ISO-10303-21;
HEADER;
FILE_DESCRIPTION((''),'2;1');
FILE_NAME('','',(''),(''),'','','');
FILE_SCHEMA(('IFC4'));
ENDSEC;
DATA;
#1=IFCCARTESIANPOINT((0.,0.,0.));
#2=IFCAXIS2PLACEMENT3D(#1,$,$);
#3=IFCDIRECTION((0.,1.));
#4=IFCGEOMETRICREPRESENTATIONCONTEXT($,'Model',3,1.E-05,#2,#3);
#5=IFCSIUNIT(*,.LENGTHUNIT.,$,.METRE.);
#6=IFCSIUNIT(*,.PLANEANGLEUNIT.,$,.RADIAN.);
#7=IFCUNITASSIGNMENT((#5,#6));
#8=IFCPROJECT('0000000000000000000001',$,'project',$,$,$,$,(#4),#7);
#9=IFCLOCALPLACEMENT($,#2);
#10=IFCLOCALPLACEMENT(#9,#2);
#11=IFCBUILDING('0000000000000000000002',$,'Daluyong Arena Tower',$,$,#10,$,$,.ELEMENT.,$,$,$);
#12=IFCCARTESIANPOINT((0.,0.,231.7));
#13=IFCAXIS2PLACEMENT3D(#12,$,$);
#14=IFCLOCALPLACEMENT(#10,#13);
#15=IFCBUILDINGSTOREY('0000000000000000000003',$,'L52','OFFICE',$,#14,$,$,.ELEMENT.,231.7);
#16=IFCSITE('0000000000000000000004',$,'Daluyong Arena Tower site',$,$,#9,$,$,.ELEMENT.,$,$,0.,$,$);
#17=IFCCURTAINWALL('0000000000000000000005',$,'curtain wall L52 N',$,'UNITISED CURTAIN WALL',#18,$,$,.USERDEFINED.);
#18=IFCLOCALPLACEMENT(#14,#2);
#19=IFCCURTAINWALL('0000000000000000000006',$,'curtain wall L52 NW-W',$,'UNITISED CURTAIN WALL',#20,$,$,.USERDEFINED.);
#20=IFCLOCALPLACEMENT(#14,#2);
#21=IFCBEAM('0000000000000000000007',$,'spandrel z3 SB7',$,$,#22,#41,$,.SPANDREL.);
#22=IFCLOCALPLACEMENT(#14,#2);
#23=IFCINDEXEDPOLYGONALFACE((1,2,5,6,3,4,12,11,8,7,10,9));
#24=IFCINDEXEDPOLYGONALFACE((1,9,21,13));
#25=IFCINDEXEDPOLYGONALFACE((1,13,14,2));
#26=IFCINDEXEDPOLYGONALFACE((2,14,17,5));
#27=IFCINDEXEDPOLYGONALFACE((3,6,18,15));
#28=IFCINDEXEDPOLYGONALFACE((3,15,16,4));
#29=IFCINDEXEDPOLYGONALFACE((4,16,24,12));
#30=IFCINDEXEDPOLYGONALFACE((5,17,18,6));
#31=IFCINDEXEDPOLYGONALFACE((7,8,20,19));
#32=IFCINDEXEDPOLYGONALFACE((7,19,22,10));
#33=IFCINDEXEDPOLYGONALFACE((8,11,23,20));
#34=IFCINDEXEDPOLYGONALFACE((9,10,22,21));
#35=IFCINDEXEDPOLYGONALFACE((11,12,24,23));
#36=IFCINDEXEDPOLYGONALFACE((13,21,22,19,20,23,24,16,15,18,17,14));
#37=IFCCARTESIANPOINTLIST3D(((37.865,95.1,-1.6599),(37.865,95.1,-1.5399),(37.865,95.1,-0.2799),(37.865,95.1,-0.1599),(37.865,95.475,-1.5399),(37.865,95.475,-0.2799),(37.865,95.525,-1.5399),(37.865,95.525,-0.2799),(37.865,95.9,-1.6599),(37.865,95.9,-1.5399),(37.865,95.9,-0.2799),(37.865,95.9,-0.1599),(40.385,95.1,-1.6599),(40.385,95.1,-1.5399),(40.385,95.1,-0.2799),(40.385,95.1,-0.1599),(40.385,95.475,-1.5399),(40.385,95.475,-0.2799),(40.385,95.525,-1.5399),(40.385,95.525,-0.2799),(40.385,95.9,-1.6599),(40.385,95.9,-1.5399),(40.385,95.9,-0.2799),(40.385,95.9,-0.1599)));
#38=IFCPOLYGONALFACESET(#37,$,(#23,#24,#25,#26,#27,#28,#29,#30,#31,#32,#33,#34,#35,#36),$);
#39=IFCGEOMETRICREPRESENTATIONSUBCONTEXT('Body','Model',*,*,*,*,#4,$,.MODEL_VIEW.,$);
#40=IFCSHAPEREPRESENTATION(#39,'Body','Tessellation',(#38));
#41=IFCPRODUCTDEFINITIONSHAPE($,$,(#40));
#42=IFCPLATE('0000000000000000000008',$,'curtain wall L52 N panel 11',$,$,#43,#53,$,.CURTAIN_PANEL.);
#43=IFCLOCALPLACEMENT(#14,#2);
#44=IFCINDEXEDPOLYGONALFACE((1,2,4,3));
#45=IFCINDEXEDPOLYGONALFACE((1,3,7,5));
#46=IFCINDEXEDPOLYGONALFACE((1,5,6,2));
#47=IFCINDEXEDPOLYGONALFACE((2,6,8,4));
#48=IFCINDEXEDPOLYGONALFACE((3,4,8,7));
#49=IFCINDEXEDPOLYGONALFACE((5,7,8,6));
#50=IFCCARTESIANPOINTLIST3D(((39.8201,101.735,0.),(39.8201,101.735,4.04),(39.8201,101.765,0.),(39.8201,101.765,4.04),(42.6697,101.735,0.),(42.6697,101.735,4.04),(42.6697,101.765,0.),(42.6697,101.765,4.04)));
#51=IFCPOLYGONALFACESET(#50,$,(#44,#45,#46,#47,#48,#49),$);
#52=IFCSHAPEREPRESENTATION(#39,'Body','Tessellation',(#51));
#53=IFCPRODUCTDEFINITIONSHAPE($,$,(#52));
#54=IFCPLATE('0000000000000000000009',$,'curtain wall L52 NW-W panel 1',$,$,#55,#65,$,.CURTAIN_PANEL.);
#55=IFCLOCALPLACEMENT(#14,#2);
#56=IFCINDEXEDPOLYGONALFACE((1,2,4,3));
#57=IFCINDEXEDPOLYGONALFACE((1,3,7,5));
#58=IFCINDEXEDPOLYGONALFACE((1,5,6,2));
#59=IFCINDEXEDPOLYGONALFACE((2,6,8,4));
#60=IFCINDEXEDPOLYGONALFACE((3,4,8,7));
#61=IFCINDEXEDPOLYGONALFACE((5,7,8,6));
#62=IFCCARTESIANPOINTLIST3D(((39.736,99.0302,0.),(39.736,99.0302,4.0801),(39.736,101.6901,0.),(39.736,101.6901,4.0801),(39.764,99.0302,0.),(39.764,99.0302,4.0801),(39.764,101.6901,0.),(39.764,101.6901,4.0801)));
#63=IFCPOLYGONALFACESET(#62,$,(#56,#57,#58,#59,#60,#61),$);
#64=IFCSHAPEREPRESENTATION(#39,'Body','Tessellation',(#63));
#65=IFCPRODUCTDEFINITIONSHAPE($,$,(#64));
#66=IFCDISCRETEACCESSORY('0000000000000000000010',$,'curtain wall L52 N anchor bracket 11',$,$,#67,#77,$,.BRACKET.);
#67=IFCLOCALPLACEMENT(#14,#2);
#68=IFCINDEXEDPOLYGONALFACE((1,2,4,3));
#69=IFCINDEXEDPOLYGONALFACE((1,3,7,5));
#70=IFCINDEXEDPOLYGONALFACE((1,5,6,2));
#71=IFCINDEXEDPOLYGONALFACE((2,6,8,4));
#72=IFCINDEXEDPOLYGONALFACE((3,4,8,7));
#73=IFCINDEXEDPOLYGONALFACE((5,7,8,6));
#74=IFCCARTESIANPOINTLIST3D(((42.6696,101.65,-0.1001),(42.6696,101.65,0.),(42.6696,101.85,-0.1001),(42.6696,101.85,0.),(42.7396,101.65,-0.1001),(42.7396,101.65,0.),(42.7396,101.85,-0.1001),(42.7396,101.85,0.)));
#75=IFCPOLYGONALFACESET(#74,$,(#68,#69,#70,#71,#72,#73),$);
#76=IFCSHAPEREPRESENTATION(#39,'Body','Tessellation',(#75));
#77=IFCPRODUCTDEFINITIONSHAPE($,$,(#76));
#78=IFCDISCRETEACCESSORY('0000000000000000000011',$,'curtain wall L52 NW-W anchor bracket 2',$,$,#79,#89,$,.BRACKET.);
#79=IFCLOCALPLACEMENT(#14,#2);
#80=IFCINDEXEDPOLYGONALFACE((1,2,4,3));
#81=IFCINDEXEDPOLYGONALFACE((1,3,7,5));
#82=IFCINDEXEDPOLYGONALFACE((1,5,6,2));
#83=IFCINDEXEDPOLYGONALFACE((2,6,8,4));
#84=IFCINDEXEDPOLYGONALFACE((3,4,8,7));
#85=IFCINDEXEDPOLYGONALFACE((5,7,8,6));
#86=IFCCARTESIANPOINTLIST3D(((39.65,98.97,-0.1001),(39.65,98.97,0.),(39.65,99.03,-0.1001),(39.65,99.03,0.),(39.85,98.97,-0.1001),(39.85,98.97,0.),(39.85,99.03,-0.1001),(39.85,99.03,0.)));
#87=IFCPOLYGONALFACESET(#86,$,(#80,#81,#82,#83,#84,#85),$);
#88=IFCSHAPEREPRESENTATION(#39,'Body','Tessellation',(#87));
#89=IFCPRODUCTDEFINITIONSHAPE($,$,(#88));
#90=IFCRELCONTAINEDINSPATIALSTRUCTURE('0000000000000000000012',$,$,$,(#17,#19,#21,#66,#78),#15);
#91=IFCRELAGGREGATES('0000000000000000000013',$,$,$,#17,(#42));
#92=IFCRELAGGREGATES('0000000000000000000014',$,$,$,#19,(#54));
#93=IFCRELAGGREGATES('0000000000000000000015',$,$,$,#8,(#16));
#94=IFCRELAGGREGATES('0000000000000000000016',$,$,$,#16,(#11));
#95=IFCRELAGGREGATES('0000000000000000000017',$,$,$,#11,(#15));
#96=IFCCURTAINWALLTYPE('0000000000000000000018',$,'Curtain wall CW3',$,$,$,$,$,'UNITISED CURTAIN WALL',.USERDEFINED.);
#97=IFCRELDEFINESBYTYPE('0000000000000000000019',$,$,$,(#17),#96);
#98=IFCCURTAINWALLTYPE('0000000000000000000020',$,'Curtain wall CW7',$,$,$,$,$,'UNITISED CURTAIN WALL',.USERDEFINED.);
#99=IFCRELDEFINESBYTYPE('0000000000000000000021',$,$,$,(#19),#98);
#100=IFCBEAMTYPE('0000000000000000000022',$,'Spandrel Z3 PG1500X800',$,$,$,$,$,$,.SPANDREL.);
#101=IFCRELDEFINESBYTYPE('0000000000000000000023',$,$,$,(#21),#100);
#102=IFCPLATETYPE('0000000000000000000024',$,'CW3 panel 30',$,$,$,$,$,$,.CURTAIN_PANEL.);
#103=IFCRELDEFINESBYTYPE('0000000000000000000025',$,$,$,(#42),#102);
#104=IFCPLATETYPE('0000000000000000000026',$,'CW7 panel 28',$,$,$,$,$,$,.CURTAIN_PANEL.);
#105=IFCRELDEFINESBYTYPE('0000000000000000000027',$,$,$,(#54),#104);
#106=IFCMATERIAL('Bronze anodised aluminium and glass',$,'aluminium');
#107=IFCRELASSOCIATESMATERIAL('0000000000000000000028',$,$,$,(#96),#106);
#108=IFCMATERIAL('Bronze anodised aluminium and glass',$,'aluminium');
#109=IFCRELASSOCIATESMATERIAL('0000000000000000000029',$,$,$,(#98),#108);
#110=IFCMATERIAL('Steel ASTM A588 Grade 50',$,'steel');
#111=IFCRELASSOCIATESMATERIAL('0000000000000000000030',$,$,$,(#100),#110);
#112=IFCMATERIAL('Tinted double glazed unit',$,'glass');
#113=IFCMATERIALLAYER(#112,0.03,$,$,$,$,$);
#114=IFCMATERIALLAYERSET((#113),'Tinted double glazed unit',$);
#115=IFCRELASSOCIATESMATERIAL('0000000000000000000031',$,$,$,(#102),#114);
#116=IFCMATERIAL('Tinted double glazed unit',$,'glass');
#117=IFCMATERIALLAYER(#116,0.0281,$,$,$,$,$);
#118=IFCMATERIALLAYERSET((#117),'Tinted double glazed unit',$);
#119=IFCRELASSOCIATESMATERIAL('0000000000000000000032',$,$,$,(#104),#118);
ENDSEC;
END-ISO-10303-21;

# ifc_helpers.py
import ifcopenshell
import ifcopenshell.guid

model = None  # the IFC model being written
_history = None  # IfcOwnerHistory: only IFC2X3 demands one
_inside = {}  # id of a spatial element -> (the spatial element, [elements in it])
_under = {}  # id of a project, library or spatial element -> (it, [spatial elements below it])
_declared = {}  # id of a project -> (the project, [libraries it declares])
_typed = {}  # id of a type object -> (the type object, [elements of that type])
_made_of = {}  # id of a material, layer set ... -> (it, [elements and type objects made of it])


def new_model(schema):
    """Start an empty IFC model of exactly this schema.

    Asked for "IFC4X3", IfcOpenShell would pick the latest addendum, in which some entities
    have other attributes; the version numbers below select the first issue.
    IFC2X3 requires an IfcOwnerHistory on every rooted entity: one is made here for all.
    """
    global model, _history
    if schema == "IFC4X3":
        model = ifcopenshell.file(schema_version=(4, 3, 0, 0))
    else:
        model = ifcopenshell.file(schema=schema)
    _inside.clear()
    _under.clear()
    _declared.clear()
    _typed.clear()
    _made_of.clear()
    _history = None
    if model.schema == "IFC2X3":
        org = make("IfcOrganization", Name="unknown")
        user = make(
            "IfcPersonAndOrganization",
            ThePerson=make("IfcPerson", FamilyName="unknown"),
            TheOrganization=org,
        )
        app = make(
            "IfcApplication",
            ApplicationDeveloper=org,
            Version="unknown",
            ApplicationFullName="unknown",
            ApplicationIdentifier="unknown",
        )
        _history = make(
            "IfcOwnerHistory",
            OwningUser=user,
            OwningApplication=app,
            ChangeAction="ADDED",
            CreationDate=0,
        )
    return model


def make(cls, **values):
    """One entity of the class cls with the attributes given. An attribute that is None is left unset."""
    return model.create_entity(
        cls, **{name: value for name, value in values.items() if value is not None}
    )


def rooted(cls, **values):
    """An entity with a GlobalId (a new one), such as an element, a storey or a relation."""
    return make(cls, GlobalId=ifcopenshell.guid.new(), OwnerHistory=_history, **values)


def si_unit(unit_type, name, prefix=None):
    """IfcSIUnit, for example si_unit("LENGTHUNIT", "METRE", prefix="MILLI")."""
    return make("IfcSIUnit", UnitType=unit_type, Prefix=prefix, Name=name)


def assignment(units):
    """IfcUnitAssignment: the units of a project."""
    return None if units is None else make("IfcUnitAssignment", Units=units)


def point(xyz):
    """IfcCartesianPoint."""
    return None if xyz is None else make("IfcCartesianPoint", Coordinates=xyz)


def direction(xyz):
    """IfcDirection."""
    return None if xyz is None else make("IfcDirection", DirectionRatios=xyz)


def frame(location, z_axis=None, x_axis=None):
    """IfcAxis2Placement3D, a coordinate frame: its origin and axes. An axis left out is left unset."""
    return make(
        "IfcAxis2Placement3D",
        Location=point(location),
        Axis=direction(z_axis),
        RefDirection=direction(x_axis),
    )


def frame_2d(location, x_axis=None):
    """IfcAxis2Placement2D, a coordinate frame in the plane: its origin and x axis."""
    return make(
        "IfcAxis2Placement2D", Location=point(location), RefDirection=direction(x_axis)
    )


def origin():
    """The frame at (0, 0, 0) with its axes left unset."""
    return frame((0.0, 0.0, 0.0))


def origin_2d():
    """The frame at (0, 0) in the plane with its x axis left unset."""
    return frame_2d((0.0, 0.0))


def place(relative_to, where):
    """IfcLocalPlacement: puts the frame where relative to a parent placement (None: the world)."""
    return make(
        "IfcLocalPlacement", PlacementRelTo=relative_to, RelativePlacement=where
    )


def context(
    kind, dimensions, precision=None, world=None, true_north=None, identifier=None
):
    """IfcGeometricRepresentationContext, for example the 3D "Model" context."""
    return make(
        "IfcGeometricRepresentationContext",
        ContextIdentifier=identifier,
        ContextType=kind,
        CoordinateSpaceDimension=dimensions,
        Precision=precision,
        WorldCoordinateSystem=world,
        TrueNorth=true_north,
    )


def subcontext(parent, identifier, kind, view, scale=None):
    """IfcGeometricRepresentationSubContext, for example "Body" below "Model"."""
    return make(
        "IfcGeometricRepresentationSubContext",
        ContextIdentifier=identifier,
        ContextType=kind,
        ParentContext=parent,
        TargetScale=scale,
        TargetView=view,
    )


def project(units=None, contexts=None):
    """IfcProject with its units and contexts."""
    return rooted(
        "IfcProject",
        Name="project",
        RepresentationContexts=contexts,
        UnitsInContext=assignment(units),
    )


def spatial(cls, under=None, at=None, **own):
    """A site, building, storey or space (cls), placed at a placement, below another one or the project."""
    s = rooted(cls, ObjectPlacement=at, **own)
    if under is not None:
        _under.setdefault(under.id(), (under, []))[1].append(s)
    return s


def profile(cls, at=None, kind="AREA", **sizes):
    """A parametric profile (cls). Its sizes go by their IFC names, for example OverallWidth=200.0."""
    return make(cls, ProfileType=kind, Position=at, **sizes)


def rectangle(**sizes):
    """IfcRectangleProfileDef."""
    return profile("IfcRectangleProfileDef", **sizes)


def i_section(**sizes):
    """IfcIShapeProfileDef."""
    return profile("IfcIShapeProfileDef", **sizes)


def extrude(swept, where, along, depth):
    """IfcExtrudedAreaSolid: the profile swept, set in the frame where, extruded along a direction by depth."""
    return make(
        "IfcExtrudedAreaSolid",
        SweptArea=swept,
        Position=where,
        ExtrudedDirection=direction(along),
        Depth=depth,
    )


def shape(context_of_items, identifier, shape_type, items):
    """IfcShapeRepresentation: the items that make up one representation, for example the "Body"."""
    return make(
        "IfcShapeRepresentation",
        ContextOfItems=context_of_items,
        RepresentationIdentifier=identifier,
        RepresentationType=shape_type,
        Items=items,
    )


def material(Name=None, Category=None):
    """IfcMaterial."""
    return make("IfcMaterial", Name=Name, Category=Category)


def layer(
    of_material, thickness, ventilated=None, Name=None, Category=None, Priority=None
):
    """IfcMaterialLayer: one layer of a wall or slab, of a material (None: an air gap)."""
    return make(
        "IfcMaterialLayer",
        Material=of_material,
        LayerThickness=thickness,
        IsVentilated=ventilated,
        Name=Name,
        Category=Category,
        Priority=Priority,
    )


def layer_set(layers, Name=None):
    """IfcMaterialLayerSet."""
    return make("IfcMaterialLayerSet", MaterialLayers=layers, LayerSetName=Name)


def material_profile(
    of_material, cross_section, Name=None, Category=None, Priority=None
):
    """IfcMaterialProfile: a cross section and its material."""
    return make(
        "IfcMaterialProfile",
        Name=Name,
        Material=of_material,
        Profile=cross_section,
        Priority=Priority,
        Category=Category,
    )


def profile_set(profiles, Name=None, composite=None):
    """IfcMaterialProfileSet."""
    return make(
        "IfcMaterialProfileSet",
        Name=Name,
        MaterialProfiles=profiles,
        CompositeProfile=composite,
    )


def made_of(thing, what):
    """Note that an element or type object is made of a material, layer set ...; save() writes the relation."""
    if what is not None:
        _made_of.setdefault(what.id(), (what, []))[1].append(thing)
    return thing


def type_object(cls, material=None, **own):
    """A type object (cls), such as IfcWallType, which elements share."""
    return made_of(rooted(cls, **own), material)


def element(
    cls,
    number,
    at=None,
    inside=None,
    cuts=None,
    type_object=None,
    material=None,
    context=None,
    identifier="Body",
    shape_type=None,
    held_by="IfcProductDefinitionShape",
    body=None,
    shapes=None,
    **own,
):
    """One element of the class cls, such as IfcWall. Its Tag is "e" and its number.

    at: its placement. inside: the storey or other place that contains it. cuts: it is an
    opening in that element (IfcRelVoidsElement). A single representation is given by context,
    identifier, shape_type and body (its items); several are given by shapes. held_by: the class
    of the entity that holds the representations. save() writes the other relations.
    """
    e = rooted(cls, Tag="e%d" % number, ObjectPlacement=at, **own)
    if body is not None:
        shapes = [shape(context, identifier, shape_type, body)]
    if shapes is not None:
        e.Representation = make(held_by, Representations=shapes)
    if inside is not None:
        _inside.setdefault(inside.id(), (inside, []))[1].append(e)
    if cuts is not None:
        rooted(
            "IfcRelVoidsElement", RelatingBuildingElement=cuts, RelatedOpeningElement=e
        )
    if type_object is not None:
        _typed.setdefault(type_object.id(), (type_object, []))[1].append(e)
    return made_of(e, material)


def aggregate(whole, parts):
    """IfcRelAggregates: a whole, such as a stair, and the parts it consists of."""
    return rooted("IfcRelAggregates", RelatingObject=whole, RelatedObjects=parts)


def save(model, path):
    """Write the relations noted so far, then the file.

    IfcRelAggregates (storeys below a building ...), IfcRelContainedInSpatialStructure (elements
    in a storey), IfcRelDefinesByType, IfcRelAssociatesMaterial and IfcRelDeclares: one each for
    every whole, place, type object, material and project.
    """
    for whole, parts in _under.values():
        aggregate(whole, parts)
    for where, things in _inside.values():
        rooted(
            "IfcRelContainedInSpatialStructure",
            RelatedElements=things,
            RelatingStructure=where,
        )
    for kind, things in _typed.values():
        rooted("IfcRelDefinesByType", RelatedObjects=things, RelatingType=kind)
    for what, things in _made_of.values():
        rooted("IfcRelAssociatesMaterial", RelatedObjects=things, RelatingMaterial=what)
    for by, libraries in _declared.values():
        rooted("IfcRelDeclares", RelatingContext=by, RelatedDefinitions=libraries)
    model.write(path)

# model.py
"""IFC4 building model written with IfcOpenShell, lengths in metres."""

from ifc_helpers import new_model, si_unit, direction, frame, origin, origin_2d, place, context, subcontext, project, spatial, rectangle, i_section, extrude, material, layer, layer_set, material_profile, profile_set, type_object, element, aggregate, save


model = new_model("IFC4")

# Units and contexts
model_context = context("Model", 3, precision=1e-05, world=origin(), true_north=direction((0.0, 1.0)))
body_context = subcontext(model_context, "Body", "Model", "MODEL_VIEW")
ifc_project = project(units=[si_unit("LENGTHUNIT", "METRE"), si_unit("PLANEANGLEUNIT", "RADIAN")], contexts=[model_context])

# Site, building, storey
site_placement = place(None, origin())
site = spatial("IfcSite", under=ifc_project, at=site_placement, Name="Daluyong Arena Tower site", CompositionType="ELEMENT", RefElevation=0.0)
building_placement = place(site_placement, origin())
building = spatial("IfcBuilding", under=site, at=building_placement, Name="Daluyong Arena Tower", CompositionType="ELEMENT")
storey_placement = place(building_placement, frame((0.0, 0.0, 231.7)))
storey = spatial("IfcBuildingStorey", under=building, at=storey_placement, Name="L52", Description="OFFICE", CompositionType="ELEMENT", Elevation=231.7)

# Curtain walls
ifc_material_1 = material(Name="Bronze anodised aluminium and glass", Category="aluminium")
curtain_wall_type_1 = type_object("IfcCurtainWallType", Name="Curtain wall CW3", ElementType="UNITISED CURTAIN WALL", PredefinedType="USERDEFINED", material=ifc_material_1)
curtain_wall_1_placement = place(storey_placement, origin())
curtain_wall_1 = element("IfcCurtainWall", 1, at=curtain_wall_1_placement, inside=storey, type_object=curtain_wall_type_1, Name="curtain wall L52 N", ObjectType="UNITISED CURTAIN WALL", PredefinedType="USERDEFINED")
ifc_material_2 = material(Name="Bronze anodised aluminium and glass", Category="aluminium")
curtain_wall_type_2 = type_object("IfcCurtainWallType", Name="Curtain wall CW7", ElementType="UNITISED CURTAIN WALL", PredefinedType="USERDEFINED", material=ifc_material_2)
curtain_wall_2_placement = place(storey_placement, origin())
curtain_wall_2 = element("IfcCurtainWall", 2, at=curtain_wall_2_placement, inside=storey, type_object=curtain_wall_type_2, Name="curtain wall L52 NW-W", ObjectType="UNITISED CURTAIN WALL", PredefinedType="USERDEFINED")

# Beam
ifc_material_3 = material(Name="Steel ASTM A588 Grade 50", Category="steel")
ifc_material_profile_1 = material_profile(ifc_material_3, i_section(OverallWidth=0.8, OverallDepth=1.5, WebThickness=0.05, FlangeThickness=0.12, at=origin_2d()))
ifc_profile_set_1 = profile_set([ifc_material_profile_1], Name="Steel ASTM A588 Grade 50")
beam_type = type_object("IfcBeamType", Name="Spandrel Z3 PG1500X800", PredefinedType="SPANDREL", material=ifc_profile_set_1)
for number, where, z_axis, x_axis, name in (
    (3, (40.385, 95.5, -0.9099), (-1.0, 0.0, 0.0), (0.0, -1.0, 0.0), "spandrel z3 SB7"),
):
    element("IfcBeam", number, at=place(storey_placement, frame(where, z_axis=z_axis, x_axis=x_axis)), inside=storey, type_object=beam_type, Name=name, PredefinedType="SPANDREL", context=body_context, shape_type="SweptSolid", body=[
        extrude(i_section(OverallWidth=0.8, OverallDepth=1.5, WebThickness=0.05, FlangeThickness=0.12, at=origin_2d()), origin(), (0.0, 0.0, 1.0), 2.52),
    ])

# Plates
ifc_material_4 = material(Name="Tinted double glazed unit", Category="glass")
ifc_layer_1 = layer(ifc_material_4, 0.03)
ifc_layer_set_1 = layer_set([ifc_layer_1], Name="Tinted double glazed unit")
plate_type_1 = type_object("IfcPlateType", Name="CW3 panel 30", PredefinedType="CURTAIN_PANEL", material=ifc_layer_set_1)
plate_1_placement = place(storey_placement, frame((41.2449, 101.75, 0.0), z_axis=(0.0, 0.0, 1.0), x_axis=(-1.0, 0.0, 0.0)))
plate_1 = element("IfcPlate", 4, at=plate_1_placement, type_object=plate_type_1, Name="curtain wall L52 N panel 11", PredefinedType="CURTAIN_PANEL", context=body_context, shape_type="SweptSolid", body=[
    extrude(rectangle(XDim=2.8496, YDim=0.03, at=origin_2d()), origin(), (0.0, 0.0, 1.0), 4.04),
])
aggregate(curtain_wall_1, [plate_1])
ifc_material_5 = material(Name="Tinted double glazed unit", Category="glass")
ifc_layer_2 = layer(ifc_material_5, 0.0281)
ifc_layer_set_2 = layer_set([ifc_layer_2], Name="Tinted double glazed unit")
plate_type_2 = type_object("IfcPlateType", Name="CW7 panel 28", PredefinedType="CURTAIN_PANEL", material=ifc_layer_set_2)
plate_2_placement = place(storey_placement, frame((39.75, 100.3601, 0.0), z_axis=(0.0, 0.0, 1.0), x_axis=(0.0, -1.0, 0.0)))
plate_2 = element("IfcPlate", 5, at=plate_2_placement, type_object=plate_type_2, Name="curtain wall L52 NW-W panel 1", PredefinedType="CURTAIN_PANEL", context=body_context, shape_type="SweptSolid", body=[
    extrude(rectangle(XDim=2.6599, YDim=0.0281, at=origin_2d()), origin(), (0.0, 0.0, 1.0), 4.0801),
])
aggregate(curtain_wall_2, [plate_2])

# Discrete accessories
discrete_accessory_1_placement = place(storey_placement, frame((42.7046, 101.75, -0.1001), z_axis=(0.0, 0.0, 1.0), x_axis=(-1.0, 0.0, 0.0)))
element("IfcDiscreteAccessory", 6, at=discrete_accessory_1_placement, inside=storey, Name="curtain wall L52 N anchor bracket 11", PredefinedType="BRACKET", context=body_context, shape_type="SweptSolid", body=[
    extrude(rectangle(XDim=0.0701, YDim=0.2, at=origin_2d()), origin(), (0.0, 0.0, 1.0), 0.1001),
])
discrete_accessory_2_placement = place(storey_placement, frame((39.75, 99.0, -0.1001), z_axis=(0.0, 0.0, 1.0), x_axis=(0.0, -1.0, 0.0)))
element("IfcDiscreteAccessory", 7, at=discrete_accessory_2_placement, inside=storey, Name="curtain wall L52 NW-W anchor bracket 2", PredefinedType="BRACKET", context=body_context, shape_type="SweptSolid", body=[
    extrude(rectangle(XDim=0.0601, YDim=0.2, at=origin_2d()), origin(), (0.0, 0.0, 1.0), 0.1001),
])

save(model, "model.ifc")
